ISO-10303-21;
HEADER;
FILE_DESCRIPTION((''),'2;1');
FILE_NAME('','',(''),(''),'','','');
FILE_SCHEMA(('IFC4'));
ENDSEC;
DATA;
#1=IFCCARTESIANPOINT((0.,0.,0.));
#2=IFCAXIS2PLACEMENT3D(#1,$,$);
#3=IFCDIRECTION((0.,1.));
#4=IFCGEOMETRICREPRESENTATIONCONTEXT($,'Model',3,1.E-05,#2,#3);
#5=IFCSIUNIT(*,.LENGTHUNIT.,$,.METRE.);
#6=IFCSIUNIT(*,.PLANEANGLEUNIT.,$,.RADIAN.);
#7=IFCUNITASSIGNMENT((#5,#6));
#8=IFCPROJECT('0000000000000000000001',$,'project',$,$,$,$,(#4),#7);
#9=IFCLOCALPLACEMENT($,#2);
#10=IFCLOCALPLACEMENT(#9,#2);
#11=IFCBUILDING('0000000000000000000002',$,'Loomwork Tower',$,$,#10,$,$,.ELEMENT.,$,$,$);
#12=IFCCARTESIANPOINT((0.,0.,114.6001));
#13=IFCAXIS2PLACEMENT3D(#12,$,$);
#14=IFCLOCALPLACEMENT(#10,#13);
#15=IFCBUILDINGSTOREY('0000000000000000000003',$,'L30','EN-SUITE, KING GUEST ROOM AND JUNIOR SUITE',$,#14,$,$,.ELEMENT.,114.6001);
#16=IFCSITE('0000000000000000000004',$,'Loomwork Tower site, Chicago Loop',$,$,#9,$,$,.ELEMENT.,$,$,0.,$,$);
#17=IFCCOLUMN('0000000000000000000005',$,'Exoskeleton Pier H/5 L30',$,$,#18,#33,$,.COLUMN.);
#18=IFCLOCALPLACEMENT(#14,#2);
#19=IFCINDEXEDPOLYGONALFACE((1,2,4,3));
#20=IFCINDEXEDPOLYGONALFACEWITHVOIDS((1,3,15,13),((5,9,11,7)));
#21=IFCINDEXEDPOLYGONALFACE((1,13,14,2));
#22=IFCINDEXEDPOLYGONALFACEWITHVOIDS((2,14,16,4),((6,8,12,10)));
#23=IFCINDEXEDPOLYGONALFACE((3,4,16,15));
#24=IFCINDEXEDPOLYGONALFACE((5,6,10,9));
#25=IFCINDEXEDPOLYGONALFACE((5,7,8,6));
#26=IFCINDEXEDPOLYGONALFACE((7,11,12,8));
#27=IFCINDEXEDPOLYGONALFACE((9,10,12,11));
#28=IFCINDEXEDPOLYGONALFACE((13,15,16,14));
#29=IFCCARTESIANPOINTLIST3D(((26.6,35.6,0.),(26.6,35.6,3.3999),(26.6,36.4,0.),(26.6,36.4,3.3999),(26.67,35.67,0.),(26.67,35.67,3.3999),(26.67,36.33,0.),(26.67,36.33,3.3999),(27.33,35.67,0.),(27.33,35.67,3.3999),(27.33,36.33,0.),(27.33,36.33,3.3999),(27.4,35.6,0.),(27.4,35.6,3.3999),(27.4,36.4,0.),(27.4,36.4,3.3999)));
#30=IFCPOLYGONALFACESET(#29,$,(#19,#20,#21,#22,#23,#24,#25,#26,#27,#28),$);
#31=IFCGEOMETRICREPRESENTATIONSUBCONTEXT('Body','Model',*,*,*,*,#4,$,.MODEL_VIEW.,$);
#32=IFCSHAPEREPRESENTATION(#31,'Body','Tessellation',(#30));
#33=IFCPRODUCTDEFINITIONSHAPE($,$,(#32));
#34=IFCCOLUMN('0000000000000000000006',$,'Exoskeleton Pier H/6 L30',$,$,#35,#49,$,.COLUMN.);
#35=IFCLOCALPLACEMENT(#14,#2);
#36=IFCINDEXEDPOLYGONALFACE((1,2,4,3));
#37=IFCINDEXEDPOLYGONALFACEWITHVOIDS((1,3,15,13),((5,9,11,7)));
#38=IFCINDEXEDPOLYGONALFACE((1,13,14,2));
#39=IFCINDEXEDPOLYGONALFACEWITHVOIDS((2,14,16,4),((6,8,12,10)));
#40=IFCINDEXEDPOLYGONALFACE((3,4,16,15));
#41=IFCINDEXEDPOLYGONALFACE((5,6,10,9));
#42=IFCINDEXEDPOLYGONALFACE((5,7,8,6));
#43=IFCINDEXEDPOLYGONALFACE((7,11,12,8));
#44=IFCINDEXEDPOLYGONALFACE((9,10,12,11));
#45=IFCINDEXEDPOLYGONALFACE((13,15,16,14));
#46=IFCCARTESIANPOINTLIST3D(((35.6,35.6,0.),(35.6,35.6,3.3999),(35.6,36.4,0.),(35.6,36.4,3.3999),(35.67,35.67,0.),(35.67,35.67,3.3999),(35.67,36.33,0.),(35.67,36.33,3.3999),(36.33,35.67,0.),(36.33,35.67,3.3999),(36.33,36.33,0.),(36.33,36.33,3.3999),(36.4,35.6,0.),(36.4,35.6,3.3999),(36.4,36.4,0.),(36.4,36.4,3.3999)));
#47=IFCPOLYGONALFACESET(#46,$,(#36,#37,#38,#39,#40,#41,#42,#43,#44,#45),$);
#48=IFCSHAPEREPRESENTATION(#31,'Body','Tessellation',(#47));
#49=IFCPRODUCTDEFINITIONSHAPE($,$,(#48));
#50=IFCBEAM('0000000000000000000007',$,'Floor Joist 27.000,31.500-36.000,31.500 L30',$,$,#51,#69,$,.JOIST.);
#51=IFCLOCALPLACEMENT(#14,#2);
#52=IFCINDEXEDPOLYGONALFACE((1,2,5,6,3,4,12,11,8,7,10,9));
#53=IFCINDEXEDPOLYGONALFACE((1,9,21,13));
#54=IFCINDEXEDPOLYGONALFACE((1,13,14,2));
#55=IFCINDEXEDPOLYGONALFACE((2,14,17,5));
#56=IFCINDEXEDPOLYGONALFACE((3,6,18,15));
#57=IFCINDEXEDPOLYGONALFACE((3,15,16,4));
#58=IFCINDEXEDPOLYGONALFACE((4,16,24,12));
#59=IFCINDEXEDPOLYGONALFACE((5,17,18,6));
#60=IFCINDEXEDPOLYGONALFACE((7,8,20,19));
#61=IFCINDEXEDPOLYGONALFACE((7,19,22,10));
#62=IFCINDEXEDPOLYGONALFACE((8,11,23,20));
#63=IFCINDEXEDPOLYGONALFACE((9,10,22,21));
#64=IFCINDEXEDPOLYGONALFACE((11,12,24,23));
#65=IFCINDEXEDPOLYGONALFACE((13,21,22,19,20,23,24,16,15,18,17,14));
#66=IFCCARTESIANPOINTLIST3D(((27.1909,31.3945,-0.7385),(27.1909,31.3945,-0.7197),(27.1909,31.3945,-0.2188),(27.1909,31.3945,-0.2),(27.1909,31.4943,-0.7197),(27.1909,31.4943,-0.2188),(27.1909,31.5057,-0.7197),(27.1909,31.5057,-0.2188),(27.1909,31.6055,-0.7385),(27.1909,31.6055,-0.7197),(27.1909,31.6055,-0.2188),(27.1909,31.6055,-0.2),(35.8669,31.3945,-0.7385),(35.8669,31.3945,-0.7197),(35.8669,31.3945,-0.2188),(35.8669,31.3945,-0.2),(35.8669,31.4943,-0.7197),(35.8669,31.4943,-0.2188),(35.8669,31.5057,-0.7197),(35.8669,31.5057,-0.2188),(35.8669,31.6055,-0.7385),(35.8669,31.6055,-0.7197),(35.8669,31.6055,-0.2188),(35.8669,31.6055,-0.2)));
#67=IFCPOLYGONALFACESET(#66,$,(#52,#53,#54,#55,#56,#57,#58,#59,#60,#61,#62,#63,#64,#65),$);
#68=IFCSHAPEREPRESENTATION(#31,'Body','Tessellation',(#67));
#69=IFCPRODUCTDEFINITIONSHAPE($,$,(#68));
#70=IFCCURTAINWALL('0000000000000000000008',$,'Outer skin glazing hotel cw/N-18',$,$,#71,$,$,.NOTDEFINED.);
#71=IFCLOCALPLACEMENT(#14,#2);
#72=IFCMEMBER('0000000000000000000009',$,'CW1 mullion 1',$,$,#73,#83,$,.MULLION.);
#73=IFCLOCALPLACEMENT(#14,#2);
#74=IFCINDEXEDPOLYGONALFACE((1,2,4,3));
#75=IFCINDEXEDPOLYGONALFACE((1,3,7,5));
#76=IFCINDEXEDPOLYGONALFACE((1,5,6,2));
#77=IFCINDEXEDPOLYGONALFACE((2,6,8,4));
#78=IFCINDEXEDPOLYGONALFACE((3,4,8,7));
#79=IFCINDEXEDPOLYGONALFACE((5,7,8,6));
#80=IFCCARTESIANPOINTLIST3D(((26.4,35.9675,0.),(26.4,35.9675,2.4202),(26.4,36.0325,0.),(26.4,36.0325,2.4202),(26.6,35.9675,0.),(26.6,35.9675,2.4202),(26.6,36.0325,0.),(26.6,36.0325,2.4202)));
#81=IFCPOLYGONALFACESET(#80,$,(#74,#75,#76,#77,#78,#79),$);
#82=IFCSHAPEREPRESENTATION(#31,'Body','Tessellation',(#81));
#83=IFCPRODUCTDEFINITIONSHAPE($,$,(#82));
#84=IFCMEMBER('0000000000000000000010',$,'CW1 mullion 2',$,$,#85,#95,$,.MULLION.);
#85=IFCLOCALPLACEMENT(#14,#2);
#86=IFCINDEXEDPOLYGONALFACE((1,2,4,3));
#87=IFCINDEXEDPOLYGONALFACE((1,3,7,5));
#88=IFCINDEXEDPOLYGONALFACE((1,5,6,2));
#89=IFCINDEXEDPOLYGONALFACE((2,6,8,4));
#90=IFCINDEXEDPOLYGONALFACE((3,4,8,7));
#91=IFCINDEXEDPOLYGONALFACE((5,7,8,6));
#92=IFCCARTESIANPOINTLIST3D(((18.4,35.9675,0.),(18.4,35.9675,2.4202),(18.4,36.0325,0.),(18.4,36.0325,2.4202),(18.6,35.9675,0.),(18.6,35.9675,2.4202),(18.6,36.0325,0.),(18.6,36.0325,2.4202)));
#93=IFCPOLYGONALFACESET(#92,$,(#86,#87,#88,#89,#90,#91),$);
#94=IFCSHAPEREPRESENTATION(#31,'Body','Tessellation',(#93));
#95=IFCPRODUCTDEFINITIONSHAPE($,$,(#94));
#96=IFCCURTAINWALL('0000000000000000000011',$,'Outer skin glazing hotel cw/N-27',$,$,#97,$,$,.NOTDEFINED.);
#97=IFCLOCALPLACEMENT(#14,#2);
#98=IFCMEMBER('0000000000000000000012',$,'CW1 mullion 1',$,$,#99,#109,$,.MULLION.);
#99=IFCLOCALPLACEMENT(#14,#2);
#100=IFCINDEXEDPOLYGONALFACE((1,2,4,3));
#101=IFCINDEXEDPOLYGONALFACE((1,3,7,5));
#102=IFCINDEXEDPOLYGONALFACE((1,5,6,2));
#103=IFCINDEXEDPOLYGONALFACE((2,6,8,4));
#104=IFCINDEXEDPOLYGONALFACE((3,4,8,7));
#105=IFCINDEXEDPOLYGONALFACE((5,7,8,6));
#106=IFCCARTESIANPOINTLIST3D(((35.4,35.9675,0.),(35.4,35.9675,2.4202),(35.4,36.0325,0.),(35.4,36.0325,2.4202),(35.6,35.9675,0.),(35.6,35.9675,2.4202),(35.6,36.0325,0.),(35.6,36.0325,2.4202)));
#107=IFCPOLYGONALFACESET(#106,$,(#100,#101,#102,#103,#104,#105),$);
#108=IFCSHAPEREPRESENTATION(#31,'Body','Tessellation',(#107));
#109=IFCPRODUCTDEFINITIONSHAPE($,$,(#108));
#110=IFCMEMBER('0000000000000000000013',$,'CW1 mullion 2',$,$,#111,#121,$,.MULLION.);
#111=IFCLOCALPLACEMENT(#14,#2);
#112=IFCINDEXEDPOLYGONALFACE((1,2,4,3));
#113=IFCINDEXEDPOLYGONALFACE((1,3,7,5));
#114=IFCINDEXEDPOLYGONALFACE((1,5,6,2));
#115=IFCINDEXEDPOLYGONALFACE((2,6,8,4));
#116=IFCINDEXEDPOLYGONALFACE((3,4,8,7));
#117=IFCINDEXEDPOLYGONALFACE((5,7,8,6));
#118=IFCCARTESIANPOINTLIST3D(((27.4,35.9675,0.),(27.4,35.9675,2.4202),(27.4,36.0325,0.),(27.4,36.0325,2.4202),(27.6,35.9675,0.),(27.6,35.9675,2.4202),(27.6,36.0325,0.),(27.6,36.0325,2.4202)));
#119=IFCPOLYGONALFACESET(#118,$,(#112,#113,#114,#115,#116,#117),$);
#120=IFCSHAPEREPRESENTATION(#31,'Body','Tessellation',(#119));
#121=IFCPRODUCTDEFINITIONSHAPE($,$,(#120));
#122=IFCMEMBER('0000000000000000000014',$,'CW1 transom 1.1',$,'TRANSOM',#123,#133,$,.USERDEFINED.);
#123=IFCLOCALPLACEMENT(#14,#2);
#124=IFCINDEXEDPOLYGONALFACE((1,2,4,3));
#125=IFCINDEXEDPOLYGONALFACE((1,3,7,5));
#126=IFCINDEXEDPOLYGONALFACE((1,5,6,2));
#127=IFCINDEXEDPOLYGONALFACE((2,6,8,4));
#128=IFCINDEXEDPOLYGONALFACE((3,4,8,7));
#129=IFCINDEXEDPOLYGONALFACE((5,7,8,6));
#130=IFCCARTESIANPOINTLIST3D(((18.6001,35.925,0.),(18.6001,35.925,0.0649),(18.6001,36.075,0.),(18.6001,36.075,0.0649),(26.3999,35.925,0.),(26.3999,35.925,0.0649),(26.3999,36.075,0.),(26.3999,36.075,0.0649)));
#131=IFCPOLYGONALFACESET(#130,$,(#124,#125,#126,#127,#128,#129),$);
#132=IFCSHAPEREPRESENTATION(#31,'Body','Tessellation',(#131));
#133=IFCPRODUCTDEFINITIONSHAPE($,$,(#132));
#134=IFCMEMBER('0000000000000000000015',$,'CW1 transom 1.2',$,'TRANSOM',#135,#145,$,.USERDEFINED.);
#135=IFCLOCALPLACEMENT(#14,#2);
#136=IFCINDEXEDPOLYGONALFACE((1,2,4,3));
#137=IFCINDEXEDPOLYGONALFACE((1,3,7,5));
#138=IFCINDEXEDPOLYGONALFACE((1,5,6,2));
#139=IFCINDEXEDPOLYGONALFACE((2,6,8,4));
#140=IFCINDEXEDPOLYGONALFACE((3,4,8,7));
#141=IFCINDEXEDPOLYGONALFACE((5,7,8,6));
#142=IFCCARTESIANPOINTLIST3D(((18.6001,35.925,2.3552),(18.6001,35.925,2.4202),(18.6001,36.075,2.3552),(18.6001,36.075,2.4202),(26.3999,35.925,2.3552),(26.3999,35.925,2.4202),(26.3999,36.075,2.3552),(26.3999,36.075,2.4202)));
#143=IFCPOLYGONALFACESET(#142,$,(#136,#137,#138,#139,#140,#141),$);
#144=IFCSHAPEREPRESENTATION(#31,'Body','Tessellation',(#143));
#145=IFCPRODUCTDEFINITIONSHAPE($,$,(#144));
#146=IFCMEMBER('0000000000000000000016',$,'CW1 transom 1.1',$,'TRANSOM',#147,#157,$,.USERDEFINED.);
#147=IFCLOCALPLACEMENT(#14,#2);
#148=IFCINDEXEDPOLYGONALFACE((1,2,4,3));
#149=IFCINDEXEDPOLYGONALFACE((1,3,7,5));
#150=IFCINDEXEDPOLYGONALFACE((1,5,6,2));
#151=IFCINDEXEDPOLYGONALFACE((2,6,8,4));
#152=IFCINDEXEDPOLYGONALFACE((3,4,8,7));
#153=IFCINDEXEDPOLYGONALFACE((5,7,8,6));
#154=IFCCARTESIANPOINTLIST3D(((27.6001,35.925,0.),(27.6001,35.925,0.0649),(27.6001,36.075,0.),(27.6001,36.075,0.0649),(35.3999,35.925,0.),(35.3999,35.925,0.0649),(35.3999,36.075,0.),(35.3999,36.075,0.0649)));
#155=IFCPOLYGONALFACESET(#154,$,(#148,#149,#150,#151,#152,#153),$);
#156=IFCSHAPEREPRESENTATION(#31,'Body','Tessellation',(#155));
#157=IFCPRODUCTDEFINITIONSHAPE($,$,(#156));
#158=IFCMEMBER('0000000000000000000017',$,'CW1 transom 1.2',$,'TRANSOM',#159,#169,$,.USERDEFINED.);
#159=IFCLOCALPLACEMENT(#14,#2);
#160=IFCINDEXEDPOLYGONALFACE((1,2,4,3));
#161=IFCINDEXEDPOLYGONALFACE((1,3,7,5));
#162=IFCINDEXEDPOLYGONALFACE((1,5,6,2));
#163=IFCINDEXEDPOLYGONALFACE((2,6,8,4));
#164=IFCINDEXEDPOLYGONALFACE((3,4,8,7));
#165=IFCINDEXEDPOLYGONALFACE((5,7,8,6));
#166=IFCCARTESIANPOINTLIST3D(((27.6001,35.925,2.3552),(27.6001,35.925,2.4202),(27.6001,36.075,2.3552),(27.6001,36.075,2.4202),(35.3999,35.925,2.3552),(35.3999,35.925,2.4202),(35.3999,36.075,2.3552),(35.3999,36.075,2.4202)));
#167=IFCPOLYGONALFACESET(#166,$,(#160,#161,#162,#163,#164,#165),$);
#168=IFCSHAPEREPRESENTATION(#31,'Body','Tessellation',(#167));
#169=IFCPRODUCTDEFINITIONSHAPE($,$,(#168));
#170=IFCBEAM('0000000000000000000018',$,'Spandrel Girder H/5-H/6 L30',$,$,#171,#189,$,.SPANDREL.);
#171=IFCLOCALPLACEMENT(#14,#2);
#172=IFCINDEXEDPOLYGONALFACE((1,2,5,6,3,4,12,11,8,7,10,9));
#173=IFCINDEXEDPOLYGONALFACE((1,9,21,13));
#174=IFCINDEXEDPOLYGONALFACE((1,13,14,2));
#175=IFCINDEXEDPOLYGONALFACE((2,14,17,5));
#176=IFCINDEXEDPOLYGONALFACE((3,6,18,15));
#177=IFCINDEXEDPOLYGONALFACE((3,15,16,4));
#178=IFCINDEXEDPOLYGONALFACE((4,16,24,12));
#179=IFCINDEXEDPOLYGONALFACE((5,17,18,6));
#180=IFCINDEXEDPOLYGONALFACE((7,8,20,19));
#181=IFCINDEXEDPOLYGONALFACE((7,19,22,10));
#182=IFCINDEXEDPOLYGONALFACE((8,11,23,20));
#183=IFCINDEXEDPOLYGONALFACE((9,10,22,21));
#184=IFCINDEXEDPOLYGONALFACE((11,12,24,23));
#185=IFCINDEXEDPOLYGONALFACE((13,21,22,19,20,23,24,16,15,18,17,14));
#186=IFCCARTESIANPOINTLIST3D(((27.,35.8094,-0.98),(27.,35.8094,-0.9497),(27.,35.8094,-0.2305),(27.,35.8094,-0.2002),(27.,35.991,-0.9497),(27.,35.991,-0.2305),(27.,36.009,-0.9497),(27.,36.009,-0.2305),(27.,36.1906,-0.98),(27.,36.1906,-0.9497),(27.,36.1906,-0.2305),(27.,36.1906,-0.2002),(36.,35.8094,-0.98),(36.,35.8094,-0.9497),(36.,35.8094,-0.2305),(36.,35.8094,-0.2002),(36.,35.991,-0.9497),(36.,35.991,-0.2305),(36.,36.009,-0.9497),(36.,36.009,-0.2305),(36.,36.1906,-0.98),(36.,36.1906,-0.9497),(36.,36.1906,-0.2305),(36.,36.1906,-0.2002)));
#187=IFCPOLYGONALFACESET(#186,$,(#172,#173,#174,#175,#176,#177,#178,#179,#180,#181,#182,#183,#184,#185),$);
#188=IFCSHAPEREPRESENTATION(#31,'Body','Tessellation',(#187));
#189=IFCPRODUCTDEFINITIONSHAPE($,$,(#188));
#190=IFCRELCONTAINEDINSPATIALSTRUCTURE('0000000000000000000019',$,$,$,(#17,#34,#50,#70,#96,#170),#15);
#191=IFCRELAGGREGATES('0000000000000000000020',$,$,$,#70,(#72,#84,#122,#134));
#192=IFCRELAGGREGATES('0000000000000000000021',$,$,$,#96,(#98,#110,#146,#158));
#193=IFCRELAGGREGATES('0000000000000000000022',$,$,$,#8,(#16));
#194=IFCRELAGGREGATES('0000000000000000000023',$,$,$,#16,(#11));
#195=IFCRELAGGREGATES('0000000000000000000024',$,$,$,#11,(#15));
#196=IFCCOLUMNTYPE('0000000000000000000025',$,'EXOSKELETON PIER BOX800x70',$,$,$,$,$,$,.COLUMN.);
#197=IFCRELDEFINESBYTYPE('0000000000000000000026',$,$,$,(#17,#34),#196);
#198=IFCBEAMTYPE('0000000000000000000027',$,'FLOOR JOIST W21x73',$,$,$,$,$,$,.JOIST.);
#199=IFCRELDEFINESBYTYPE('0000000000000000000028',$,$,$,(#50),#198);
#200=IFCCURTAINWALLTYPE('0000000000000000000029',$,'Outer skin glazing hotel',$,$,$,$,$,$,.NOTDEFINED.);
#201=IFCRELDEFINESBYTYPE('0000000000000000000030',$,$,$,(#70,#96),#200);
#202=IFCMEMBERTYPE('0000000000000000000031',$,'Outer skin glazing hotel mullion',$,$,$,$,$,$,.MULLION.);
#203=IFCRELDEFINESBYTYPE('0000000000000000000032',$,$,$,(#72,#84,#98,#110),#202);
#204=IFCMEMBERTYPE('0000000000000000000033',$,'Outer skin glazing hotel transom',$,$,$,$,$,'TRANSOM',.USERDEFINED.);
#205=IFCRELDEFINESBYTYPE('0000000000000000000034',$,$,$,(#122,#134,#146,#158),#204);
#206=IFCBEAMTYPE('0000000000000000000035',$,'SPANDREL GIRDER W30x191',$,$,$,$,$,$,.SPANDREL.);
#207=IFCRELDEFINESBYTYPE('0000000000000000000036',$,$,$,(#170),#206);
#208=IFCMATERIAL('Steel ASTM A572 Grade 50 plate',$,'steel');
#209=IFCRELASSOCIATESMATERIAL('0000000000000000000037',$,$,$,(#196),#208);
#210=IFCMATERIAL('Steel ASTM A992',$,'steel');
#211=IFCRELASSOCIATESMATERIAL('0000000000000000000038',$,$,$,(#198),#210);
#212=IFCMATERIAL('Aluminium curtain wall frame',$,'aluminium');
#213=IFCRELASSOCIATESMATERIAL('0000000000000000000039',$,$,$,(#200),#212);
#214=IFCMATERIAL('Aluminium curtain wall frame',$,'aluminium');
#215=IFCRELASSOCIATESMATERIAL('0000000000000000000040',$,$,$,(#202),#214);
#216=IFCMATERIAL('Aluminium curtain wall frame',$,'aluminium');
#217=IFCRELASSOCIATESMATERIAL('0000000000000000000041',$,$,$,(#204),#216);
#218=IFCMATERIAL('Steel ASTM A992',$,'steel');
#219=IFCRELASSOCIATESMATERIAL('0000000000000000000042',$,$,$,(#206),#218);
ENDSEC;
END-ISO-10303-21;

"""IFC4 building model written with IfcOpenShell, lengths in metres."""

from ifc_helpers import new_model, si_unit, direction, frame, origin, origin_2d, place, context, subcontext, project, spatial, rectangle, hollow_rectangle, i_section, extrude, material, material_profile, profile_set, type_object, element, aggregate, save


model = new_model("IFC4")

# Units and contexts
model_context = context("Model", 3, precision=1e-05, world=origin(), true_north=direction((0.0, 1.0)))
body_context = subcontext(model_context, "Body", "Model", "MODEL_VIEW")
ifc_project = project(units=[si_unit("LENGTHUNIT", "METRE"), si_unit("PLANEANGLEUNIT", "RADIAN")], contexts=[model_context])

# Site, building, storey
site_placement = place(None, origin())
site = spatial("IfcSite", under=ifc_project, at=site_placement, Name="Loomwork Tower site, Chicago Loop", CompositionType="ELEMENT", RefElevation=0.0)
building_placement = place(site_placement, origin())
building = spatial("IfcBuilding", under=site, at=building_placement, Name="Loomwork Tower", CompositionType="ELEMENT")
storey_placement = place(building_placement, frame((0.0, 0.0, 114.6001)))
storey = spatial("IfcBuildingStorey", under=building, at=storey_placement, Name="L30", Description="EN-SUITE, KING GUEST ROOM AND JUNIOR SUITE", CompositionType="ELEMENT", Elevation=114.6001)

# Columns
ifc_material_1 = material(Name="Steel ASTM A572 Grade 50 plate", Category="steel")
ifc_material_profile_1 = material_profile(ifc_material_1, hollow_rectangle(XDim=0.8, YDim=0.8, WallThickness=0.0701, at=origin_2d()), Name="BOX800x70")
ifc_profile_set_1 = profile_set([ifc_material_profile_1], Name="Steel ASTM A572 Grade 50 plate")
column_type = type_object("IfcColumnType", Name="EXOSKELETON PIER BOX800x70", PredefinedType="COLUMN", material=ifc_profile_set_1)
for number, where, z_axis, x_axis, name in (
    (1, (27.0, 36.0, 0.0), (0.0, 0.0, 1.0), (1.0, 0.0, 0.0), "Exoskeleton Pier H/5 L30"),
    (2, (36.0, 36.0, 0.0), (0.0, 0.0, 1.0), (1.0, 0.0, 0.0), "Exoskeleton Pier H/6 L30"),
):
    element("IfcColumn", number, at=place(storey_placement, frame(where, z_axis=z_axis, x_axis=x_axis)), inside=storey, type_object=column_type, Name=name, PredefinedType="COLUMN", context=body_context, shape_type="SweptSolid", body=[
        extrude(hollow_rectangle(XDim=0.8, YDim=0.8, WallThickness=0.0701, at=origin_2d()), origin(), (0.0, 0.0, 1.0), 3.3999),
    ])

# Beam
ifc_material_2 = material(Name="Steel ASTM A992", Category="steel")
ifc_material_profile_2 = material_profile(ifc_material_2, i_section(OverallWidth=0.2109, OverallDepth=0.5386, WebThickness=0.0115, FlangeThickness=0.0188, at=origin_2d()), Name="W21x73")
ifc_profile_set_2 = profile_set([ifc_material_profile_2], Name="Steel ASTM A992")
beam_type_1 = type_object("IfcBeamType", Name="FLOOR JOIST W21x73", PredefinedType="JOIST", material=ifc_profile_set_2)
beam_1_placement = place(storey_placement, frame((27.1909, 31.5, -0.4692), z_axis=(1.0, 0.0, 0.0), x_axis=(0.0, 1.0, 0.0)))
element("IfcBeam", 3, at=beam_1_placement, inside=storey, type_object=beam_type_1, Name="Floor Joist 27.000,31.500-36.000,31.500 L30", PredefinedType="JOIST", context=body_context, shape_type="SweptSolid", body=[
    extrude(i_section(OverallWidth=0.2109, OverallDepth=0.5386, WebThickness=0.0115, FlangeThickness=0.0188, at=origin_2d()), origin(), (0.0, 0.0, 1.0), 8.676),
])

# Curtain walls, members
ifc_material_3 = material(Name="Aluminium curtain wall frame", Category="aluminium")
curtain_wall_type = type_object("IfcCurtainWallType", Name="Outer skin glazing hotel", PredefinedType="NOTDEFINED", material=ifc_material_3)
curtain_wall_1_placement = place(storey_placement, origin())
curtain_wall_1 = element("IfcCurtainWall", 4, at=curtain_wall_1_placement, inside=storey, type_object=curtain_wall_type, Name="Outer skin glazing hotel cw/N-18", PredefinedType="NOTDEFINED")
ifc_material_4 = material(Name="Aluminium curtain wall frame", Category="aluminium")
ifc_material_profile_3 = material_profile(ifc_material_4, rectangle(XDim=0.0649, YDim=0.2, at=origin_2d()), Name="AL 65x200")
ifc_profile_set_3 = profile_set([ifc_material_profile_3], Name="Aluminium curtain wall frame")
member_type_1 = type_object("IfcMemberType", Name="Outer skin glazing hotel mullion", PredefinedType="MULLION", material=ifc_profile_set_3)
member_1_placement = place(storey_placement, frame((26.5, 36.0, 0.0), z_axis=(0.0, 0.0, 1.0), x_axis=(0.0, -1.0, 0.0)))
member_1 = element("IfcMember", 5, at=member_1_placement, type_object=member_type_1, Name="CW1 mullion 1", PredefinedType="MULLION", context=body_context, shape_type="SweptSolid", body=[
    extrude(rectangle(XDim=0.0649, YDim=0.2, at=origin_2d()), origin(), (0.0, 0.0, 1.0), 2.4202),
])
member_2_placement = place(storey_placement, frame((18.5, 36.0, 0.0), z_axis=(0.0, 0.0, 1.0), x_axis=(0.0, -1.0, 0.0)))
member_2 = element("IfcMember", 6, at=member_2_placement, type_object=member_type_1, Name="CW1 mullion 2", PredefinedType="MULLION", context=body_context, shape_type="SweptSolid", body=[
    extrude(rectangle(XDim=0.0649, YDim=0.2, at=origin_2d()), origin(), (0.0, 0.0, 1.0), 2.4202),
])
curtain_wall_2_placement = place(storey_placement, origin())
curtain_wall_2 = element("IfcCurtainWall", 7, at=curtain_wall_2_placement, inside=storey, type_object=curtain_wall_type, Name="Outer skin glazing hotel cw/N-27", PredefinedType="NOTDEFINED")
member_3_placement = place(storey_placement, frame((35.5, 36.0, 0.0), z_axis=(0.0, 0.0, 1.0), x_axis=(0.0, -1.0, 0.0)))
member_3 = element("IfcMember", 8, at=member_3_placement, type_object=member_type_1, Name="CW1 mullion 1", PredefinedType="MULLION", context=body_context, shape_type="SweptSolid", body=[
    extrude(rectangle(XDim=0.0649, YDim=0.2, at=origin_2d()), origin(), (0.0, 0.0, 1.0), 2.4202),
])
member_4_placement = place(storey_placement, frame((27.5, 36.0, 0.0), z_axis=(0.0, 0.0, 1.0), x_axis=(0.0, -1.0, 0.0)))
member_4 = element("IfcMember", 9, at=member_4_placement, type_object=member_type_1, Name="CW1 mullion 2", PredefinedType="MULLION", context=body_context, shape_type="SweptSolid", body=[
    extrude(rectangle(XDim=0.0649, YDim=0.2, at=origin_2d()), origin(), (0.0, 0.0, 1.0), 2.4202),
])

# Members
ifc_material_5 = material(Name="Aluminium curtain wall frame", Category="aluminium")
ifc_material_profile_4 = material_profile(ifc_material_5, rectangle(XDim=0.1499, YDim=0.0649, at=origin_2d()), Name="AL 65x150")
ifc_profile_set_4 = profile_set([ifc_material_profile_4], Name="Aluminium curtain wall frame")
member_type_2 = type_object("IfcMemberType", Name="Outer skin glazing hotel transom", ElementType="TRANSOM", PredefinedType="USERDEFINED", material=ifc_profile_set_4)
member_5_placement = place(storey_placement, frame((26.3999, 36.0, 0.0325), z_axis=(-1.0, 0.0, 0.0), x_axis=(0.0, -1.0, 0.0)))
member_5 = element("IfcMember", 10, at=member_5_placement, type_object=member_type_2, Name="CW1 transom 1.1", ObjectType="TRANSOM", PredefinedType="USERDEFINED", context=body_context, shape_type="SweptSolid", body=[
    extrude(rectangle(XDim=0.1499, YDim=0.0649, at=origin_2d()), origin(), (0.0, 0.0, 1.0), 7.7998),
])
member_6_placement = place(storey_placement, frame((26.3999, 36.0, 2.3877), z_axis=(-1.0, 0.0, 0.0), x_axis=(0.0, -1.0, 0.0)))
member_6 = element("IfcMember", 11, at=member_6_placement, type_object=member_type_2, Name="CW1 transom 1.2", ObjectType="TRANSOM", PredefinedType="USERDEFINED", context=body_context, shape_type="SweptSolid", body=[
    extrude(rectangle(XDim=0.1499, YDim=0.0649, at=origin_2d()), origin(), (0.0, 0.0, 1.0), 7.7998),
])
member_7_placement = place(storey_placement, frame((35.3999, 36.0, 0.0325), z_axis=(-1.0, 0.0, 0.0), x_axis=(0.0, -1.0, 0.0)))
member_7 = element("IfcMember", 12, at=member_7_placement, type_object=member_type_2, Name="CW1 transom 1.1", ObjectType="TRANSOM", PredefinedType="USERDEFINED", context=body_context, shape_type="SweptSolid", body=[
    extrude(rectangle(XDim=0.1499, YDim=0.0649, at=origin_2d()), origin(), (0.0, 0.0, 1.0), 7.7998),
])
member_8_placement = place(storey_placement, frame((35.3999, 36.0, 2.3877), z_axis=(-1.0, 0.0, 0.0), x_axis=(0.0, -1.0, 0.0)))
member_8 = element("IfcMember", 13, at=member_8_placement, type_object=member_type_2, Name="CW1 transom 1.2", ObjectType="TRANSOM", PredefinedType="USERDEFINED", context=body_context, shape_type="SweptSolid", body=[
    extrude(rectangle(XDim=0.1499, YDim=0.0649, at=origin_2d()), origin(), (0.0, 0.0, 1.0), 7.7998),
])

# Beam
ifc_material_6 = material(Name="Steel ASTM A992", Category="steel")
ifc_material_profile_5 = material_profile(ifc_material_6, i_section(OverallWidth=0.3811, OverallDepth=0.7798, WebThickness=0.0181, FlangeThickness=0.0303, at=origin_2d()), Name="W30x191")
ifc_profile_set_5 = profile_set([ifc_material_profile_5], Name="Steel ASTM A992")
beam_type_2 = type_object("IfcBeamType", Name="SPANDREL GIRDER W30x191", PredefinedType="SPANDREL", material=ifc_profile_set_5)
beam_2_placement = place(storey_placement, frame((27.0, 36.0, -0.5901), z_axis=(1.0, 0.0, 0.0), x_axis=(0.0, 1.0, 0.0)))
element("IfcBeam", 14, at=beam_2_placement, inside=storey, type_object=beam_type_2, Name="Spandrel Girder H/5-H/6 L30", PredefinedType="SPANDREL", context=body_context, shape_type="SweptSolid", body=[
    extrude(i_section(OverallWidth=0.3811, OverallDepth=0.7798, WebThickness=0.0181, FlangeThickness=0.0303, at=origin_2d()), origin(), (0.0, 0.0, 1.0), 9.0),
])

aggregate(curtain_wall_1, [member_1, member_2, member_5, member_6])
aggregate(curtain_wall_2, [member_3, member_4, member_7, member_8])

save(model, "model.ifc")
